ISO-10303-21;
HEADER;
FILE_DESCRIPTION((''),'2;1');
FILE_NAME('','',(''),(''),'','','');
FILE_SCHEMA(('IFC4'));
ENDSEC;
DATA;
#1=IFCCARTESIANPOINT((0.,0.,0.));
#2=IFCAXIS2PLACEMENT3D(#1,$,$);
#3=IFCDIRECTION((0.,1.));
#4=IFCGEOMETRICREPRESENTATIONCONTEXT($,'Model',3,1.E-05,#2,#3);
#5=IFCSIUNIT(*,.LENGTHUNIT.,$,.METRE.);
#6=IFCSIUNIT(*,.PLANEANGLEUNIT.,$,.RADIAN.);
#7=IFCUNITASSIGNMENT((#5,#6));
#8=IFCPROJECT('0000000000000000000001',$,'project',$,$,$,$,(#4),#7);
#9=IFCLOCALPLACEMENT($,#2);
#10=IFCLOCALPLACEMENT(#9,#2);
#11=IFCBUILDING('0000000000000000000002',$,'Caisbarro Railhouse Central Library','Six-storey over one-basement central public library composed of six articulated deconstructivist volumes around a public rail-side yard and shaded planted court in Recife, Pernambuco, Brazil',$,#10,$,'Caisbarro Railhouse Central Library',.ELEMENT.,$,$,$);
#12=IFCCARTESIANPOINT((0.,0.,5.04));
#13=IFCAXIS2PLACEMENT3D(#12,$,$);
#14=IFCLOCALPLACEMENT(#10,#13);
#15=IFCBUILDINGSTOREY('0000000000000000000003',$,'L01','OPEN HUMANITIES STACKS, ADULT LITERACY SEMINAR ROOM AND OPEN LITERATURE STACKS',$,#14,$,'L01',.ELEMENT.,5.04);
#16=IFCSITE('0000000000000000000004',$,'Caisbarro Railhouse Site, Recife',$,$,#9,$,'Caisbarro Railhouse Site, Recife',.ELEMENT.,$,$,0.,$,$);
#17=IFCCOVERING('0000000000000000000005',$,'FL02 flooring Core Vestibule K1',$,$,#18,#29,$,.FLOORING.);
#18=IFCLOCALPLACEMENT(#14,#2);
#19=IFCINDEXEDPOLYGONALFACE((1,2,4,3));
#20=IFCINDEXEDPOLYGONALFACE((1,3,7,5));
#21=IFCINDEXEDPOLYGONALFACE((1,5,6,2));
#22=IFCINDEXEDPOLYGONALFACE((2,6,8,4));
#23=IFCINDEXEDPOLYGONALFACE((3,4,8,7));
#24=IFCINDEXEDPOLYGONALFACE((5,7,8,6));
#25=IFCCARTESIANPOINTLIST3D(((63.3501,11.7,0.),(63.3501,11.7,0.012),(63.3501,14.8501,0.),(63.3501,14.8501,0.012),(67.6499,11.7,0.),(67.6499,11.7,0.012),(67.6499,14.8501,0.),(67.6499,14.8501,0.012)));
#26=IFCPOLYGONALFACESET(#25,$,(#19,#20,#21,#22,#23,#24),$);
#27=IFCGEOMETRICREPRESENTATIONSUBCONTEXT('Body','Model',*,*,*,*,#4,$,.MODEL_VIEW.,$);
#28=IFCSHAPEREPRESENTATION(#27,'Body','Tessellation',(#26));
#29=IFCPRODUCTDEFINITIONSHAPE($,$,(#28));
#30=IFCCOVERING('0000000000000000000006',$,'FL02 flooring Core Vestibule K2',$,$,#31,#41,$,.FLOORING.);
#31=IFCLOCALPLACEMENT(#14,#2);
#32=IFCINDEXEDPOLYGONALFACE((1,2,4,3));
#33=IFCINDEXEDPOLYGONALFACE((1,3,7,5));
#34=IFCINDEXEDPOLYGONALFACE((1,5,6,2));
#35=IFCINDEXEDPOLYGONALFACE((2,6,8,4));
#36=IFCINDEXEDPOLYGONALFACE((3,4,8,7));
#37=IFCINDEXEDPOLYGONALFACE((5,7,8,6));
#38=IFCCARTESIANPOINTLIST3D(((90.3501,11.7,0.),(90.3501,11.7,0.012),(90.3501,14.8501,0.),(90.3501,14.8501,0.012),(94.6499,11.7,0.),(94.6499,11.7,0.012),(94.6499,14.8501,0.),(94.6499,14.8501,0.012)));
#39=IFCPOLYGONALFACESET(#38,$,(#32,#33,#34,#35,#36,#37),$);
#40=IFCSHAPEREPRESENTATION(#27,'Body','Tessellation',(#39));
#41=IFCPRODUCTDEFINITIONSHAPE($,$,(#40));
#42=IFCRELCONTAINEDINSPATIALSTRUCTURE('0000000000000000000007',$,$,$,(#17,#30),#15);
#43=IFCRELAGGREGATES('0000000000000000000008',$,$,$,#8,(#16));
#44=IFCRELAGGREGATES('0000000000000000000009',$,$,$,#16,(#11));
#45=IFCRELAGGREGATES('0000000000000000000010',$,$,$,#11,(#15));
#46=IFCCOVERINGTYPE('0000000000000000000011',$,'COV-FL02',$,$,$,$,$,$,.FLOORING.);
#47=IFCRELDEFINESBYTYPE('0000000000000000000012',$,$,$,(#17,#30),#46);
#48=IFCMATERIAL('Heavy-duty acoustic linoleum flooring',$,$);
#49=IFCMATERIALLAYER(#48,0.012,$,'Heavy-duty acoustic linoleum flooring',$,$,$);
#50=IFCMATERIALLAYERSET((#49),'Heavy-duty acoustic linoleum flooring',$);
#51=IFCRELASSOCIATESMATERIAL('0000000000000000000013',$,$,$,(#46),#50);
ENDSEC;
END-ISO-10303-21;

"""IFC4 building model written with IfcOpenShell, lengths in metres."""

from ifc_helpers import new_model, si_unit, direction, frame, origin, place, context, subcontext, project, spatial, polyline, outline, extrude, material, layer, layer_set, type_object, element, save


model = new_model("IFC4")

# Units and contexts
model_context = context("Model", 3, precision=1e-05, world=origin(), true_north=direction((0.0, 1.0)))
body_context = subcontext(model_context, "Body", "Model", "MODEL_VIEW")
ifc_project = project(units=[si_unit("LENGTHUNIT", "METRE"), si_unit("PLANEANGLEUNIT", "RADIAN")], contexts=[model_context])

# Site, building, storey
site_placement = place(None, origin())
site = spatial("IfcSite", under=ifc_project, at=site_placement, Name="Caisbarro Railhouse Site, Recife", LongName="Caisbarro Railhouse Site, Recife", CompositionType="ELEMENT", RefElevation=0.0)
building_placement = place(site_placement, origin())
building = spatial("IfcBuilding", under=site, at=building_placement, Name="Caisbarro Railhouse Central Library", Description="Six-storey over one-basement central public library composed of six articulated deconstructivist volumes around a public rail-side yard and shaded planted court in Recife, Pernambuco, Brazil", LongName="Caisbarro Railhouse Central Library", CompositionType="ELEMENT")
storey_placement = place(building_placement, frame((0.0, 0.0, 5.04)))
storey = spatial("IfcBuildingStorey", under=building, at=storey_placement, Name="L01", Description="OPEN HUMANITIES STACKS, ADULT LITERACY SEMINAR ROOM AND OPEN LITERATURE STACKS", LongName="L01", CompositionType="ELEMENT", Elevation=5.04)

# Coverings
ifc_material_1 = material(Name="Heavy-duty acoustic linoleum flooring")
ifc_layer_1 = layer(ifc_material_1, 0.012, Name="Heavy-duty acoustic linoleum flooring")
ifc_layer_set_1 = layer_set([ifc_layer_1], Name="Heavy-duty acoustic linoleum flooring")
covering_type_1 = type_object("IfcCoveringType", Name="COV-FL02", PredefinedType="FLOORING", material=ifc_layer_set_1)
covering_1_placement = place(storey_placement, origin())
element("IfcCovering", 1, at=covering_1_placement, inside=storey, type_object=covering_type_1, Name="FL02 flooring Core Vestibule K1", PredefinedType="FLOORING", context=body_context, shape_type="SweptSolid", body=[
    extrude(outline(polyline([(63.3501, 11.7), (67.6499, 11.7), (67.6499, 14.8501), (63.3501, 14.8501), (63.3501, 11.7)])), origin(), (0.0, 0.0, 1.0), 0.012),
])
covering_2_placement = place(storey_placement, origin())
element("IfcCovering", 2, at=covering_2_placement, inside=storey, type_object=covering_type_1, Name="FL02 flooring Core Vestibule K2", PredefinedType="FLOORING", context=body_context, shape_type="SweptSolid", body=[
    extrude(outline(polyline([(90.3501, 11.7), (94.6499, 11.7), (94.6499, 14.8501), (90.3501, 14.8501), (90.3501, 11.7)])), origin(), (0.0, 0.0, 1.0), 0.012),
])

save(model, "model.ifc")
